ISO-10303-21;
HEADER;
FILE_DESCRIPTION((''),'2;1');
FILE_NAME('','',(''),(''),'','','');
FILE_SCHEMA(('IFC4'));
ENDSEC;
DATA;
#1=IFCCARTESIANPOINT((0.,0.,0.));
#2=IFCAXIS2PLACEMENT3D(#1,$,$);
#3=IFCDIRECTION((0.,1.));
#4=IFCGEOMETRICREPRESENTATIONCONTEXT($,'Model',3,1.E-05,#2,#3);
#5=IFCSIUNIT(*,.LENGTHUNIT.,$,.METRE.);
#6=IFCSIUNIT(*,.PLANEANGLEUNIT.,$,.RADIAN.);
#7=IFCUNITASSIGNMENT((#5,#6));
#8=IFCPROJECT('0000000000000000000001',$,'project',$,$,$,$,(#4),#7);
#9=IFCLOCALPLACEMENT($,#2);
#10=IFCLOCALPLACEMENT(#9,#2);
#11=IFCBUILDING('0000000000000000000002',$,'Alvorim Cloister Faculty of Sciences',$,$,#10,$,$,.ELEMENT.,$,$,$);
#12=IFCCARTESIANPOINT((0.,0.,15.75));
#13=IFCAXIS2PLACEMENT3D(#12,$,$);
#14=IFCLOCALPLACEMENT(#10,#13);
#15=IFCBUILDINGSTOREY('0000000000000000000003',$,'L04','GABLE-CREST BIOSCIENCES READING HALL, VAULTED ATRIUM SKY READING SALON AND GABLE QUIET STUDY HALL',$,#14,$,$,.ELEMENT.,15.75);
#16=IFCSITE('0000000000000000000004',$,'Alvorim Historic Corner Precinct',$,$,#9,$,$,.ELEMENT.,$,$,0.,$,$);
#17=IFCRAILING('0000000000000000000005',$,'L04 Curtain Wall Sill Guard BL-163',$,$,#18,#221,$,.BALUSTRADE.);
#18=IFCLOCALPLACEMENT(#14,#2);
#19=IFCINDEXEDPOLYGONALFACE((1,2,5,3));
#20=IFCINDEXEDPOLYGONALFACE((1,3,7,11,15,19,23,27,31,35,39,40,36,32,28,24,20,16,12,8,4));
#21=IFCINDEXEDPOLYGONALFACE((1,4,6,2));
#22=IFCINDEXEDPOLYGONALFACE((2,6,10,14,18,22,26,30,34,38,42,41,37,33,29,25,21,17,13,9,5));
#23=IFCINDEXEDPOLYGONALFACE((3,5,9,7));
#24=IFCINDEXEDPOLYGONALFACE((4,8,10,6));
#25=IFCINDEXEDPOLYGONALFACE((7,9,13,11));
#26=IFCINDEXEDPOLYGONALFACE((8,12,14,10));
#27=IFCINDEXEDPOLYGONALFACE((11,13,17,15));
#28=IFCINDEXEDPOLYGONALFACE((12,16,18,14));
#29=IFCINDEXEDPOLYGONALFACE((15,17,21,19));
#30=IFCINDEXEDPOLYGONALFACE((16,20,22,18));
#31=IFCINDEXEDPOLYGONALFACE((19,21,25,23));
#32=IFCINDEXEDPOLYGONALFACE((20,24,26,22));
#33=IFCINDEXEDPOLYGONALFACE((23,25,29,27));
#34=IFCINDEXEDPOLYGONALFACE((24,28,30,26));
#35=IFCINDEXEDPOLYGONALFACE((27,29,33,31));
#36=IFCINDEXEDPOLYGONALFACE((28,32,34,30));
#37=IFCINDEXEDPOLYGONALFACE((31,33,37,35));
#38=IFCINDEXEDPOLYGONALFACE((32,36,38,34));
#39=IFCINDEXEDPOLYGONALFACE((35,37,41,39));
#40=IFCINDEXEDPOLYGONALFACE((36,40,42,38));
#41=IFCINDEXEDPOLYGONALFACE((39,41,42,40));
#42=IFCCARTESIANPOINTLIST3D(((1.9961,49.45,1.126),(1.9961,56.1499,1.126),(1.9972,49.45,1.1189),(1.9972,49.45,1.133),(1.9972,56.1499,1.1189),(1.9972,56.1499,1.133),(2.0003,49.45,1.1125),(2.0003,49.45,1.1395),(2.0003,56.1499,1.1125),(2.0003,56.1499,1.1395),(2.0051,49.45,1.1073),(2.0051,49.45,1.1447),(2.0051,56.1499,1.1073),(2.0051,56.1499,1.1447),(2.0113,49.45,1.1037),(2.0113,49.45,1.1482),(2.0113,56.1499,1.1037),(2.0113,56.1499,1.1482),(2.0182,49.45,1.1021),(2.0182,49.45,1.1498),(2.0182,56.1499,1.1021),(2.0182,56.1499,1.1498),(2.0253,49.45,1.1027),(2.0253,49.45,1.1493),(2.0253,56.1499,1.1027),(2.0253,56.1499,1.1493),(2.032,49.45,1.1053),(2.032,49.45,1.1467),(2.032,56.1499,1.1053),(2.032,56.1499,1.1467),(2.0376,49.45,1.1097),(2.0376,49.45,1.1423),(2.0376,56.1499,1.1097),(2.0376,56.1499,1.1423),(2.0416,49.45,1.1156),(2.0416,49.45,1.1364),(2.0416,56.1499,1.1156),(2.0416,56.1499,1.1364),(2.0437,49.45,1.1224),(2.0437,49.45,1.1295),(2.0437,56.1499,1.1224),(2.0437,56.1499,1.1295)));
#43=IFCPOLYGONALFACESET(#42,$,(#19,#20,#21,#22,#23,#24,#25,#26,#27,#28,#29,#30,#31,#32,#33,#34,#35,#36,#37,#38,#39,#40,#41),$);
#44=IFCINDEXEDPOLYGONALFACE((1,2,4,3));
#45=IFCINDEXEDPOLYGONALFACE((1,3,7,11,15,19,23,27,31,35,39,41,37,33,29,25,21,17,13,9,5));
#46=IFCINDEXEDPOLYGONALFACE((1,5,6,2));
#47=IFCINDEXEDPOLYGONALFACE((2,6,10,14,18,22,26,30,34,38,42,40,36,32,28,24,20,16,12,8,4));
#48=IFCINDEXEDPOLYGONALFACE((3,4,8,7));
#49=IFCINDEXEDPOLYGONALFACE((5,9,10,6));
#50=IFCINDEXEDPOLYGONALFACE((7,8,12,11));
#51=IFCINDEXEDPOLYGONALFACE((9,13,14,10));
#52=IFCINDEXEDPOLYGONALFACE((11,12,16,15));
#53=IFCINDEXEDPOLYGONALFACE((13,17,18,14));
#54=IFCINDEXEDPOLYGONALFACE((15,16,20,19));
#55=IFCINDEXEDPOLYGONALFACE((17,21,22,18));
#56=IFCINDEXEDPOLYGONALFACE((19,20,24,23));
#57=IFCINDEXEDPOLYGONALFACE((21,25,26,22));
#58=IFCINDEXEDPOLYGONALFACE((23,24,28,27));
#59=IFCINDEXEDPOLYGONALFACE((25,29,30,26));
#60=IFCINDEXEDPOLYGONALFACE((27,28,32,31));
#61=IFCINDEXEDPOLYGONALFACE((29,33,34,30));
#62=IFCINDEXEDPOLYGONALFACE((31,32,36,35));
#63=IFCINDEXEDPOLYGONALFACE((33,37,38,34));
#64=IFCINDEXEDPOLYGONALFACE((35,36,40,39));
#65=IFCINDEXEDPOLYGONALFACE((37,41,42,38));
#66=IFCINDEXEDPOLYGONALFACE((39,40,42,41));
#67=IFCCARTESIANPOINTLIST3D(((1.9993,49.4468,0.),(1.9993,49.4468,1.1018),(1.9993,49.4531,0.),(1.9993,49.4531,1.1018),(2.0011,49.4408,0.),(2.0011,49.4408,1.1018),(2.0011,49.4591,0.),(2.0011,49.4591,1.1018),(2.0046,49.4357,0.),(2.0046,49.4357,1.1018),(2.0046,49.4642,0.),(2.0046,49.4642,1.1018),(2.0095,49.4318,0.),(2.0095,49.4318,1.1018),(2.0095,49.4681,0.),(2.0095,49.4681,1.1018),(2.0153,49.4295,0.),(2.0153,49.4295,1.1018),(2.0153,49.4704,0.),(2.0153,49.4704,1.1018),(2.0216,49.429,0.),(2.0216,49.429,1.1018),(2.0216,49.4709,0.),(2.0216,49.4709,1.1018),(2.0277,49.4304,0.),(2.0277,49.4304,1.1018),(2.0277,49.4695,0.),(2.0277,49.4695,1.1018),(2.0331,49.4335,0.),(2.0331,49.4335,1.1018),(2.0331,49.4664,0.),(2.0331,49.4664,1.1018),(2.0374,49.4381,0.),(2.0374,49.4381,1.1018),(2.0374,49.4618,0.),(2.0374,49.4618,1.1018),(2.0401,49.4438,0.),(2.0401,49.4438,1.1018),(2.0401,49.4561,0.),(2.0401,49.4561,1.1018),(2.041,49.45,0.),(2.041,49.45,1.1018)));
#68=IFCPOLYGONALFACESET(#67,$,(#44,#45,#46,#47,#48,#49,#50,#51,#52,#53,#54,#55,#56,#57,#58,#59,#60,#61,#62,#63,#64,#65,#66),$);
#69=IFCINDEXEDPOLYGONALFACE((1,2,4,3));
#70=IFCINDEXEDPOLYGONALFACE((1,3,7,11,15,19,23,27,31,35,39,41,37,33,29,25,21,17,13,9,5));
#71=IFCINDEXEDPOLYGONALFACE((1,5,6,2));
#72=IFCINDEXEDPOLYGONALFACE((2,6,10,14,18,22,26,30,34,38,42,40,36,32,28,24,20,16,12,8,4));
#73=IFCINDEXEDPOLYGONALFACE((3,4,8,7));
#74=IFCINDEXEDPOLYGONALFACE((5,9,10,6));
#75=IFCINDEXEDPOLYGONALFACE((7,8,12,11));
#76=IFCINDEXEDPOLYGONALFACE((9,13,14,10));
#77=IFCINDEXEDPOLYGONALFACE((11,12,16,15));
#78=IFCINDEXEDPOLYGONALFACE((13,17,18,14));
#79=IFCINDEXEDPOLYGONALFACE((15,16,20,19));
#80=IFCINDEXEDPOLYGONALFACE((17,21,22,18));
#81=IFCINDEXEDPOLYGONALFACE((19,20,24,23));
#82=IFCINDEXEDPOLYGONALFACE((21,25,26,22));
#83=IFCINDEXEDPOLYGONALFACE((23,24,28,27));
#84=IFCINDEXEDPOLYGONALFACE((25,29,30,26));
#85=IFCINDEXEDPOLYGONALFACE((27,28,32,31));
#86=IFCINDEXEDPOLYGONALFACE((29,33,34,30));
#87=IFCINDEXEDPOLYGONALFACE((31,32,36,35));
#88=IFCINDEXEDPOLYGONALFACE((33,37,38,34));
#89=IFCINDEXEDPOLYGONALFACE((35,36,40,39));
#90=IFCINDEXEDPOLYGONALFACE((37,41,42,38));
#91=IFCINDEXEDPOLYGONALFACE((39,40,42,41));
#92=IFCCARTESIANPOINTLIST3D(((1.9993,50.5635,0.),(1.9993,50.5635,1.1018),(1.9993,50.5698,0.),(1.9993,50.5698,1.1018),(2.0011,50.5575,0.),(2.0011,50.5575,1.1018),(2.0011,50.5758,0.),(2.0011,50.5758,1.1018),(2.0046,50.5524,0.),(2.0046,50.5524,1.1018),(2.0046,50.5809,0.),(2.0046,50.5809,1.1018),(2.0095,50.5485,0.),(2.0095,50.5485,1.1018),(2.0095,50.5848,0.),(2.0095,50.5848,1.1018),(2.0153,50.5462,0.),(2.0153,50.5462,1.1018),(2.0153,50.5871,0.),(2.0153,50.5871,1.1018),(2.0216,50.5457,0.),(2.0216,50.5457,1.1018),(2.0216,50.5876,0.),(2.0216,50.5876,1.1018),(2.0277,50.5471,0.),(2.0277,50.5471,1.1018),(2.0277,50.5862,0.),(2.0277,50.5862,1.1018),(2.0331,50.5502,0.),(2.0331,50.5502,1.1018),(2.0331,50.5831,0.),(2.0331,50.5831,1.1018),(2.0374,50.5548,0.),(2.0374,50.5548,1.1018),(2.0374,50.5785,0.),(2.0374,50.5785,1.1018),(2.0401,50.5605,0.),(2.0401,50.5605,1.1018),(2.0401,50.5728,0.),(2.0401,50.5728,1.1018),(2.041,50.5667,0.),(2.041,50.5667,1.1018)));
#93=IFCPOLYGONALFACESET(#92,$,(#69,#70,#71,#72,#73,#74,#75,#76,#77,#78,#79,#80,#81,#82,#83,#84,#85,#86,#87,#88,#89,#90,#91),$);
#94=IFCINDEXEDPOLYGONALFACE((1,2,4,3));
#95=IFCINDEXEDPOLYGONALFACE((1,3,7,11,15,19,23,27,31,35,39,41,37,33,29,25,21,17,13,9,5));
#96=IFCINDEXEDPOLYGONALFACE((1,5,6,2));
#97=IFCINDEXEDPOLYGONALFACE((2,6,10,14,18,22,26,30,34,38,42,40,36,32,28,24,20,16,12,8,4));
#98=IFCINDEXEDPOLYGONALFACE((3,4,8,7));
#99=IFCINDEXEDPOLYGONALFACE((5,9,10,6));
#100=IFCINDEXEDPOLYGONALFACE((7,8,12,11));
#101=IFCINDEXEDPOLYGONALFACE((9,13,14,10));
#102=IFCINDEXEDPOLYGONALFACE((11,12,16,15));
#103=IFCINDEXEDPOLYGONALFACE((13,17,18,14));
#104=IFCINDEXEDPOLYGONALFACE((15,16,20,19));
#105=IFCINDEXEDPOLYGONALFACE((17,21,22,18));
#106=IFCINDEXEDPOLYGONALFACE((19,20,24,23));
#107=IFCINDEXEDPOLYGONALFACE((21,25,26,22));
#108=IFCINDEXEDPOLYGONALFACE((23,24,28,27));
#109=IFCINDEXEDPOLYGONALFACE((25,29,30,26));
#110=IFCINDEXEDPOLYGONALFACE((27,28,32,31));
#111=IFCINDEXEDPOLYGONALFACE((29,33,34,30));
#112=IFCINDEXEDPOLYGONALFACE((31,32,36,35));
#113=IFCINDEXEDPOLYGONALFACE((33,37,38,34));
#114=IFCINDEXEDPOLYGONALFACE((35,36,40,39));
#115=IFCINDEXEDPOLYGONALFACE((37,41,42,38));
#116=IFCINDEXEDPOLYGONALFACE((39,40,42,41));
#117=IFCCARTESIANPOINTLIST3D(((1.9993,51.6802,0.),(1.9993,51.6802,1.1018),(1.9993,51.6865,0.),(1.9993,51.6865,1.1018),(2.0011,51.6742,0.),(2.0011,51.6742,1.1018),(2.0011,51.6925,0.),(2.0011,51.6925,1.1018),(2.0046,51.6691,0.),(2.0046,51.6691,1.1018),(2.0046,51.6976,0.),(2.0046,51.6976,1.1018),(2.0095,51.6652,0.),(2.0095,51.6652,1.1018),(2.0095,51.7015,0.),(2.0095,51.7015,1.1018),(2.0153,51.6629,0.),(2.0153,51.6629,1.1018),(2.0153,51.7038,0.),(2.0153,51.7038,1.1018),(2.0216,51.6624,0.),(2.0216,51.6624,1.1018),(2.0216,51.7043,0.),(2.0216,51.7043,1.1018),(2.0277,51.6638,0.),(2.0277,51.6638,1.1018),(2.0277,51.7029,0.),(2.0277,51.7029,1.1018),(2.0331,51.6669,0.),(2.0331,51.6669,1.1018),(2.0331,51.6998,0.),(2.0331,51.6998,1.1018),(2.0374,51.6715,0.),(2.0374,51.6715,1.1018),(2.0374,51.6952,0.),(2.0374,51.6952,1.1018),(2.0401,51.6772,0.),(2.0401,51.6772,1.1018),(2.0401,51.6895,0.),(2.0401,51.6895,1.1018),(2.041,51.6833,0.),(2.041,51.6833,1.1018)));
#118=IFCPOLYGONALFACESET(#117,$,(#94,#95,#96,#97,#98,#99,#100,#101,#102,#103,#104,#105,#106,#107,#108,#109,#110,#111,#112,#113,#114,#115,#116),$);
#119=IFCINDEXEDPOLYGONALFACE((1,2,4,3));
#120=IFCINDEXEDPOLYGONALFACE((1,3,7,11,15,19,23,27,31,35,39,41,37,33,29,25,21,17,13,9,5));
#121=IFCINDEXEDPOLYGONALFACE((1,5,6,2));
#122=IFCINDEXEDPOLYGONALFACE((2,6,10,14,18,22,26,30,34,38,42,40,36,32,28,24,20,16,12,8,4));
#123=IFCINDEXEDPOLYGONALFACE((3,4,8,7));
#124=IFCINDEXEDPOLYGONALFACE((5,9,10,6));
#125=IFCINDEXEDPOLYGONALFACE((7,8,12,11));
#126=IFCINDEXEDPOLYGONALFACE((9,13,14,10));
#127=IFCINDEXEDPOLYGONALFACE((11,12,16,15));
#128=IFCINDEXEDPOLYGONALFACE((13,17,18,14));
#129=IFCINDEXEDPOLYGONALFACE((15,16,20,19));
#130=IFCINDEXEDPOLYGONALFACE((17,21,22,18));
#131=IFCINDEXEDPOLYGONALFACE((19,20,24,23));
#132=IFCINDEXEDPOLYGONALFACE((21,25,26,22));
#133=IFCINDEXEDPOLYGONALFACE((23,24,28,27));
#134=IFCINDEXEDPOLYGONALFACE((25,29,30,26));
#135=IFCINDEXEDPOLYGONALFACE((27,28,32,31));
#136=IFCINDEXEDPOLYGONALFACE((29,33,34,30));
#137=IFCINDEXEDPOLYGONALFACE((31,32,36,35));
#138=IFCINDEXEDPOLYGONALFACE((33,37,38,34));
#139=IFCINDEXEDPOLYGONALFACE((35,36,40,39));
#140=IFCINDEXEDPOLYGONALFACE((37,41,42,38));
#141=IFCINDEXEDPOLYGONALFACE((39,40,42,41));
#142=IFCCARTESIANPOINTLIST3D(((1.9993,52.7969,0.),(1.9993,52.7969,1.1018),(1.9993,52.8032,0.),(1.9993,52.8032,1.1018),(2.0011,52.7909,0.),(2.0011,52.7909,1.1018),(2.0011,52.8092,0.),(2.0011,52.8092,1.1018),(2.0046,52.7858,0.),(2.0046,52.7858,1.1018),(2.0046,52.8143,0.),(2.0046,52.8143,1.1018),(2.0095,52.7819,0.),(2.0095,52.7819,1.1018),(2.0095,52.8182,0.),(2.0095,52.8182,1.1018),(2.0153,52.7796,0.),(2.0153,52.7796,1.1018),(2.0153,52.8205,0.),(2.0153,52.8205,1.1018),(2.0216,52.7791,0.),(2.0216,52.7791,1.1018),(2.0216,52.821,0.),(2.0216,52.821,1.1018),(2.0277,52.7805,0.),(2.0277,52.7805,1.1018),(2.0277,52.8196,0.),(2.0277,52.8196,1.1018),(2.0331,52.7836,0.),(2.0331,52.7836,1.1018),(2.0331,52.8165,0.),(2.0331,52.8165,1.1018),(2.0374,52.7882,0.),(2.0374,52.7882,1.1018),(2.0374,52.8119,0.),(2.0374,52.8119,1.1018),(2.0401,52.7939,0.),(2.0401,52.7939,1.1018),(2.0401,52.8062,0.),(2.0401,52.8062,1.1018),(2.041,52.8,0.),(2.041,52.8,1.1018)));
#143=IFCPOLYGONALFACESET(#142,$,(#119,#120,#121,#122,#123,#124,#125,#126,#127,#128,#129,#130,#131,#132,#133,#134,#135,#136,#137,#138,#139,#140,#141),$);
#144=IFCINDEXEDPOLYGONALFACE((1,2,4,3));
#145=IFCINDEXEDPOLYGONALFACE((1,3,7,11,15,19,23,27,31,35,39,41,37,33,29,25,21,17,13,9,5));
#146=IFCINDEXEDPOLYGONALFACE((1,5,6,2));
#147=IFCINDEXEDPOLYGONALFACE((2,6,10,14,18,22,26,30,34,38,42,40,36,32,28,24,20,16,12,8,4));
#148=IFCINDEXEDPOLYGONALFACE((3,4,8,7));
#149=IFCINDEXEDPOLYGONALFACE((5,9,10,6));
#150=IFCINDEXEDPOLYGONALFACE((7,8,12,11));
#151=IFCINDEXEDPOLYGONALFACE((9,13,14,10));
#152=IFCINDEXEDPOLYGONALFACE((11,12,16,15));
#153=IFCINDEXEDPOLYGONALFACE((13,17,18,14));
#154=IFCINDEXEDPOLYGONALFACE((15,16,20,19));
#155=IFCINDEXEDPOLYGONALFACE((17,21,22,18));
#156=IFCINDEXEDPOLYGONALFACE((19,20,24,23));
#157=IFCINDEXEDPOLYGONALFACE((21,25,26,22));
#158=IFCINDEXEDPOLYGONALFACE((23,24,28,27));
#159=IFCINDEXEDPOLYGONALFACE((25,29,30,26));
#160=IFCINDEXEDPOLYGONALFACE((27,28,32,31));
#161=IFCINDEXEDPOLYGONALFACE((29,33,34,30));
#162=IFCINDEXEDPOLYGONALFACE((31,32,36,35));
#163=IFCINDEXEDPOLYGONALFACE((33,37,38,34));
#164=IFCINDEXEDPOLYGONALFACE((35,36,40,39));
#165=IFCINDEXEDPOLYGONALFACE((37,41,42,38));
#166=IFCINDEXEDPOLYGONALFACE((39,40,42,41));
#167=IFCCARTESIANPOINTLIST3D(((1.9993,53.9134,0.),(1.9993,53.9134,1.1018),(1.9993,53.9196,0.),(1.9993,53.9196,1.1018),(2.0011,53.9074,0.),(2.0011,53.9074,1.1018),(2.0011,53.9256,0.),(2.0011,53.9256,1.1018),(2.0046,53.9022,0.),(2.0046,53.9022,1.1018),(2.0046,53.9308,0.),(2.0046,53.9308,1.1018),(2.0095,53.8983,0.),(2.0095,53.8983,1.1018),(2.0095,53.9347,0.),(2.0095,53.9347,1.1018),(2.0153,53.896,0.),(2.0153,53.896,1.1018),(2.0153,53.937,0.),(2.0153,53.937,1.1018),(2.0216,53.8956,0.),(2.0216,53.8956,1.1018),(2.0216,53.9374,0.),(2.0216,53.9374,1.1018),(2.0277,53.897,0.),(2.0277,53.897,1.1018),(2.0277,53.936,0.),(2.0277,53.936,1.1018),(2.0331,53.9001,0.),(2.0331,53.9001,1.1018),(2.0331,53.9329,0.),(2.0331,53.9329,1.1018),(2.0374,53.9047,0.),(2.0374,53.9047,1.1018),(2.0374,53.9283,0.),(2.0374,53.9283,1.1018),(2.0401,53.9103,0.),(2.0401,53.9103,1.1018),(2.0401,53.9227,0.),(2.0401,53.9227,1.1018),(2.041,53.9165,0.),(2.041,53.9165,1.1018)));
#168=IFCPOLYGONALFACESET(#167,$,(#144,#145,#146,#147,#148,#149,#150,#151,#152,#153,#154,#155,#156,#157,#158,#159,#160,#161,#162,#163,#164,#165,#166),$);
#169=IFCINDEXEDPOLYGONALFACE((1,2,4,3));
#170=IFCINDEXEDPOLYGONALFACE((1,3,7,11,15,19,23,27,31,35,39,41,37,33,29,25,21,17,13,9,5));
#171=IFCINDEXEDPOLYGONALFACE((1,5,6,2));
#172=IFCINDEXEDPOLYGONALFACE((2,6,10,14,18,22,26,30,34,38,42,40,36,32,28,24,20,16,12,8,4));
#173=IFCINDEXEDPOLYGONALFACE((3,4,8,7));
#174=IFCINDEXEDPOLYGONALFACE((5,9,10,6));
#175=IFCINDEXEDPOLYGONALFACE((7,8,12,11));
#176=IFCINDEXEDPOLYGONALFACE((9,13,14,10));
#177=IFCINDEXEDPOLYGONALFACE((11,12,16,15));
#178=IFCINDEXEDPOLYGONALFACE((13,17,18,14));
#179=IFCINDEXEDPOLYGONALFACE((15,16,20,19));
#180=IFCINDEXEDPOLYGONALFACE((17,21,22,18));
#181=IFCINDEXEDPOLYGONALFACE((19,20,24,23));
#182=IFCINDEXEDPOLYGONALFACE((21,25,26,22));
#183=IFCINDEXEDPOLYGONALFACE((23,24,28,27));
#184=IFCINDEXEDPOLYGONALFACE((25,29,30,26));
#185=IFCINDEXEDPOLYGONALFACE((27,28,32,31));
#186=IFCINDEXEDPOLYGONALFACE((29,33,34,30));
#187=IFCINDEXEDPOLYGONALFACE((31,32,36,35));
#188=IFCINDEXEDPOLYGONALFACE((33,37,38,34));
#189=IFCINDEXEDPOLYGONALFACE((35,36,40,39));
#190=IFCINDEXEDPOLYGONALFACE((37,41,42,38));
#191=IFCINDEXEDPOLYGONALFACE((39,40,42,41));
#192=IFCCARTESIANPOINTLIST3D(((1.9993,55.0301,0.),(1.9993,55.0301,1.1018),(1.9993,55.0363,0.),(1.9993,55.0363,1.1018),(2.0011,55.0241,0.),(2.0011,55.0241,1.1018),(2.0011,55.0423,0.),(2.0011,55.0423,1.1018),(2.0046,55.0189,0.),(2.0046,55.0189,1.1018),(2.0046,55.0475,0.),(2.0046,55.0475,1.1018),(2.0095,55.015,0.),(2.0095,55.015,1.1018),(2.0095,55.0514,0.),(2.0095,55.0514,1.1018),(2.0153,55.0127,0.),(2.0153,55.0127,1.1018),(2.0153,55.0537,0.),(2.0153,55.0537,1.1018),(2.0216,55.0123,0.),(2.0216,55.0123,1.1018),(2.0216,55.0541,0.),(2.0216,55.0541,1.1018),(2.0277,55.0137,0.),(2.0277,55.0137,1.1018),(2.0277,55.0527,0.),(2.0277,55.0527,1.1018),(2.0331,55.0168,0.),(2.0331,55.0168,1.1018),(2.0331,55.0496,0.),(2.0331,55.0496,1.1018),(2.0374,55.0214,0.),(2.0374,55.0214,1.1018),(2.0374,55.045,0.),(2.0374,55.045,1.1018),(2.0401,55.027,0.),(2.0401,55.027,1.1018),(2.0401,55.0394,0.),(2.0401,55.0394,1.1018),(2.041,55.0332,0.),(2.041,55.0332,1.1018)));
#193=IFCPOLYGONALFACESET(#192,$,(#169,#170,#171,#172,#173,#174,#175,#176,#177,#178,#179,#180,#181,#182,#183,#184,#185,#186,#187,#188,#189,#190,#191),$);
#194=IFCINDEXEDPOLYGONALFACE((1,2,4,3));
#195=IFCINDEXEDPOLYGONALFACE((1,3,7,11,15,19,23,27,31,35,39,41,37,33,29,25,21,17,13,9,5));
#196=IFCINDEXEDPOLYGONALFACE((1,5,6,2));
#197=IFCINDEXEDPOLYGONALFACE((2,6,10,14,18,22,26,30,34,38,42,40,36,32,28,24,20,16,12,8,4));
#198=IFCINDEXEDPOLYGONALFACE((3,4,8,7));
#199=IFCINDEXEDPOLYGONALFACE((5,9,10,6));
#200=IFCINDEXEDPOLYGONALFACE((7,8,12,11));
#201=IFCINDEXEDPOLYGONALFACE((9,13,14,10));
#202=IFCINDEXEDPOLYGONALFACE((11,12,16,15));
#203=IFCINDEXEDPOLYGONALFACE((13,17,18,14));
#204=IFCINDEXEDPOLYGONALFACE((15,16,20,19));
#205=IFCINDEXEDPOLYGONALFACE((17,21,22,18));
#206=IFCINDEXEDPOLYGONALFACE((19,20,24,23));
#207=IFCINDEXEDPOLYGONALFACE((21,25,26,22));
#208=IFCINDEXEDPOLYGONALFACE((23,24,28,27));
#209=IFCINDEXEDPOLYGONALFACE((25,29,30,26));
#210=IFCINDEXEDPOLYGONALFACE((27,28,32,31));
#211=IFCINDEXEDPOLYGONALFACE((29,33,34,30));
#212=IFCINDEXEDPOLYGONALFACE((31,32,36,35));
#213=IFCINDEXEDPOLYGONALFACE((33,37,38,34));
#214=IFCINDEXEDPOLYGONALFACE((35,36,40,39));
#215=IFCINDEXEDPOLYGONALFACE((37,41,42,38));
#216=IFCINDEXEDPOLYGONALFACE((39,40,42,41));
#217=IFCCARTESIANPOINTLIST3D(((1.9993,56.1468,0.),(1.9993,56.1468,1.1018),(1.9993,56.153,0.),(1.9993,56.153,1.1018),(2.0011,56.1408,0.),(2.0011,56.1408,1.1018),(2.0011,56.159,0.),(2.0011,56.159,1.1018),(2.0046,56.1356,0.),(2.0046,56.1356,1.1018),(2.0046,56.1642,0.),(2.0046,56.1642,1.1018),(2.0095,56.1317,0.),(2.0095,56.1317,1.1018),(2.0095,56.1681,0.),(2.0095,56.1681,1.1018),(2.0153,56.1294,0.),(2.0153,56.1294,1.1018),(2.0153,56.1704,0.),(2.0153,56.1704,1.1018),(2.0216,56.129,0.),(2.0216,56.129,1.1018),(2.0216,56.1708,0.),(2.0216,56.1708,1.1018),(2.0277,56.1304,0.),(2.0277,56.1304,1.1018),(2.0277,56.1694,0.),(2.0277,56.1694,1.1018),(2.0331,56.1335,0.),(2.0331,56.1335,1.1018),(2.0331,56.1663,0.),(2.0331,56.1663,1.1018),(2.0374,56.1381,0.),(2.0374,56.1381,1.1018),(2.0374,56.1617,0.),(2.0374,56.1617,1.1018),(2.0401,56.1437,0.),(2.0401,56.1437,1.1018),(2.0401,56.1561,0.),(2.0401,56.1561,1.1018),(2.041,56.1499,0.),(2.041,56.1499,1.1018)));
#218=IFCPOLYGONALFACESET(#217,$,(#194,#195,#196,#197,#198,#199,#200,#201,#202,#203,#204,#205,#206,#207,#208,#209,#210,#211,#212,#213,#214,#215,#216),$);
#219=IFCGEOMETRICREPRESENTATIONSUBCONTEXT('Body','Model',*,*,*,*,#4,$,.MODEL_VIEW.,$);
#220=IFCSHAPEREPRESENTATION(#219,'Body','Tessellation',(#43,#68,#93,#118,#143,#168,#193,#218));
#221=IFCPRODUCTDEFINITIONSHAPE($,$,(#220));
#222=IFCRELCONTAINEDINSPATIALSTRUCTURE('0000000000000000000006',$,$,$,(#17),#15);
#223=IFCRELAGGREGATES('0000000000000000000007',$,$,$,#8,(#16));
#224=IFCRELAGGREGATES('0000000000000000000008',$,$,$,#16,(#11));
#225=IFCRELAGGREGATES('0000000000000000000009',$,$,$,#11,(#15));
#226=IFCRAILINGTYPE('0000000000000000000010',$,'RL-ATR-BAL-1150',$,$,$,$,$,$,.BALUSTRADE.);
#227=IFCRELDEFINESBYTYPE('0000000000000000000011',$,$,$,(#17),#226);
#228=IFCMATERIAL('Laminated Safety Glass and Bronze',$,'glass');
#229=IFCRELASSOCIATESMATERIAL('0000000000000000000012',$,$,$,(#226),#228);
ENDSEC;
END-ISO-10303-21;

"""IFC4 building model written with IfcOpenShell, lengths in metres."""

from ifc_helpers import new_model, si_unit, direction, frame, origin, origin_2d, place, context, subcontext, project, spatial, circle, extrude, material, type_object, element, save


model = new_model("IFC4")

# Units and contexts
model_context = context("Model", 3, precision=1e-05, world=origin(), true_north=direction((0.0, 1.0)))
body_context = subcontext(model_context, "Body", "Model", "MODEL_VIEW")
ifc_project = project(units=[si_unit("LENGTHUNIT", "METRE"), si_unit("PLANEANGLEUNIT", "RADIAN")], contexts=[model_context])

# Site, building, storey
site_placement = place(None, origin())
site = spatial("IfcSite", under=ifc_project, at=site_placement, Name="Alvorim Historic Corner Precinct", CompositionType="ELEMENT", RefElevation=0.0)
building_placement = place(site_placement, origin())
building = spatial("IfcBuilding", under=site, at=building_placement, Name="Alvorim Cloister Faculty of Sciences", CompositionType="ELEMENT")
storey_placement = place(building_placement, frame((0.0, 0.0, 15.75)))
storey = spatial("IfcBuildingStorey", under=building, at=storey_placement, Name="L04", Description="GABLE-CREST BIOSCIENCES READING HALL, VAULTED ATRIUM SKY READING SALON AND GABLE QUIET STUDY HALL", CompositionType="ELEMENT", Elevation=15.75)

# Railing
ifc_material_1 = material(Name="Laminated Safety Glass and Bronze", Category="glass")
railing_type = type_object("IfcRailingType", Name="RL-ATR-BAL-1150", PredefinedType="BALUSTRADE", material=ifc_material_1)
railing_placement = place(storey_placement, frame((2.02, 49.45, 0.0)))
element("IfcRailing", 1, at=railing_placement, inside=storey, type_object=railing_type, Name="L04 Curtain Wall Sill Guard BL-163", PredefinedType="BALUSTRADE", context=body_context, shape_type="SweptSolid", body=[
    extrude(circle(Radius=0.0239, at=origin_2d()), frame((0.0, 0.0, 1.126), z_axis=(0.0, 1.0, 0.0), x_axis=(-1.0, 0.0, 0.0)), (0.0, 0.0, 1.0), 6.7),
    extrude(circle(Radius=0.021, at=origin_2d()), origin(), (0.0, 0.0, 1.0), 1.1018),
    extrude(circle(Radius=0.021, at=origin_2d()), frame((0.0, 1.1167, 0.0)), (0.0, 0.0, 1.0), 1.1018),
    extrude(circle(Radius=0.021, at=origin_2d()), frame((0.0, 2.2334, 0.0)), (0.0, 0.0, 1.0), 1.1018),
    extrude(circle(Radius=0.021, at=origin_2d()), frame((0.0, 3.3501, 0.0)), (0.0, 0.0, 1.0), 1.1018),
    extrude(circle(Radius=0.021, at=origin_2d()), frame((0.0, 4.4666, 0.0)), (0.0, 0.0, 1.0), 1.1018),
    extrude(circle(Radius=0.021, at=origin_2d()), frame((0.0, 5.5833, 0.0)), (0.0, 0.0, 1.0), 1.1018),
    extrude(circle(Radius=0.021, at=origin_2d()), frame((0.0, 6.7, 0.0)), (0.0, 0.0, 1.0), 1.1018),
])

save(model, "model.ifc")
